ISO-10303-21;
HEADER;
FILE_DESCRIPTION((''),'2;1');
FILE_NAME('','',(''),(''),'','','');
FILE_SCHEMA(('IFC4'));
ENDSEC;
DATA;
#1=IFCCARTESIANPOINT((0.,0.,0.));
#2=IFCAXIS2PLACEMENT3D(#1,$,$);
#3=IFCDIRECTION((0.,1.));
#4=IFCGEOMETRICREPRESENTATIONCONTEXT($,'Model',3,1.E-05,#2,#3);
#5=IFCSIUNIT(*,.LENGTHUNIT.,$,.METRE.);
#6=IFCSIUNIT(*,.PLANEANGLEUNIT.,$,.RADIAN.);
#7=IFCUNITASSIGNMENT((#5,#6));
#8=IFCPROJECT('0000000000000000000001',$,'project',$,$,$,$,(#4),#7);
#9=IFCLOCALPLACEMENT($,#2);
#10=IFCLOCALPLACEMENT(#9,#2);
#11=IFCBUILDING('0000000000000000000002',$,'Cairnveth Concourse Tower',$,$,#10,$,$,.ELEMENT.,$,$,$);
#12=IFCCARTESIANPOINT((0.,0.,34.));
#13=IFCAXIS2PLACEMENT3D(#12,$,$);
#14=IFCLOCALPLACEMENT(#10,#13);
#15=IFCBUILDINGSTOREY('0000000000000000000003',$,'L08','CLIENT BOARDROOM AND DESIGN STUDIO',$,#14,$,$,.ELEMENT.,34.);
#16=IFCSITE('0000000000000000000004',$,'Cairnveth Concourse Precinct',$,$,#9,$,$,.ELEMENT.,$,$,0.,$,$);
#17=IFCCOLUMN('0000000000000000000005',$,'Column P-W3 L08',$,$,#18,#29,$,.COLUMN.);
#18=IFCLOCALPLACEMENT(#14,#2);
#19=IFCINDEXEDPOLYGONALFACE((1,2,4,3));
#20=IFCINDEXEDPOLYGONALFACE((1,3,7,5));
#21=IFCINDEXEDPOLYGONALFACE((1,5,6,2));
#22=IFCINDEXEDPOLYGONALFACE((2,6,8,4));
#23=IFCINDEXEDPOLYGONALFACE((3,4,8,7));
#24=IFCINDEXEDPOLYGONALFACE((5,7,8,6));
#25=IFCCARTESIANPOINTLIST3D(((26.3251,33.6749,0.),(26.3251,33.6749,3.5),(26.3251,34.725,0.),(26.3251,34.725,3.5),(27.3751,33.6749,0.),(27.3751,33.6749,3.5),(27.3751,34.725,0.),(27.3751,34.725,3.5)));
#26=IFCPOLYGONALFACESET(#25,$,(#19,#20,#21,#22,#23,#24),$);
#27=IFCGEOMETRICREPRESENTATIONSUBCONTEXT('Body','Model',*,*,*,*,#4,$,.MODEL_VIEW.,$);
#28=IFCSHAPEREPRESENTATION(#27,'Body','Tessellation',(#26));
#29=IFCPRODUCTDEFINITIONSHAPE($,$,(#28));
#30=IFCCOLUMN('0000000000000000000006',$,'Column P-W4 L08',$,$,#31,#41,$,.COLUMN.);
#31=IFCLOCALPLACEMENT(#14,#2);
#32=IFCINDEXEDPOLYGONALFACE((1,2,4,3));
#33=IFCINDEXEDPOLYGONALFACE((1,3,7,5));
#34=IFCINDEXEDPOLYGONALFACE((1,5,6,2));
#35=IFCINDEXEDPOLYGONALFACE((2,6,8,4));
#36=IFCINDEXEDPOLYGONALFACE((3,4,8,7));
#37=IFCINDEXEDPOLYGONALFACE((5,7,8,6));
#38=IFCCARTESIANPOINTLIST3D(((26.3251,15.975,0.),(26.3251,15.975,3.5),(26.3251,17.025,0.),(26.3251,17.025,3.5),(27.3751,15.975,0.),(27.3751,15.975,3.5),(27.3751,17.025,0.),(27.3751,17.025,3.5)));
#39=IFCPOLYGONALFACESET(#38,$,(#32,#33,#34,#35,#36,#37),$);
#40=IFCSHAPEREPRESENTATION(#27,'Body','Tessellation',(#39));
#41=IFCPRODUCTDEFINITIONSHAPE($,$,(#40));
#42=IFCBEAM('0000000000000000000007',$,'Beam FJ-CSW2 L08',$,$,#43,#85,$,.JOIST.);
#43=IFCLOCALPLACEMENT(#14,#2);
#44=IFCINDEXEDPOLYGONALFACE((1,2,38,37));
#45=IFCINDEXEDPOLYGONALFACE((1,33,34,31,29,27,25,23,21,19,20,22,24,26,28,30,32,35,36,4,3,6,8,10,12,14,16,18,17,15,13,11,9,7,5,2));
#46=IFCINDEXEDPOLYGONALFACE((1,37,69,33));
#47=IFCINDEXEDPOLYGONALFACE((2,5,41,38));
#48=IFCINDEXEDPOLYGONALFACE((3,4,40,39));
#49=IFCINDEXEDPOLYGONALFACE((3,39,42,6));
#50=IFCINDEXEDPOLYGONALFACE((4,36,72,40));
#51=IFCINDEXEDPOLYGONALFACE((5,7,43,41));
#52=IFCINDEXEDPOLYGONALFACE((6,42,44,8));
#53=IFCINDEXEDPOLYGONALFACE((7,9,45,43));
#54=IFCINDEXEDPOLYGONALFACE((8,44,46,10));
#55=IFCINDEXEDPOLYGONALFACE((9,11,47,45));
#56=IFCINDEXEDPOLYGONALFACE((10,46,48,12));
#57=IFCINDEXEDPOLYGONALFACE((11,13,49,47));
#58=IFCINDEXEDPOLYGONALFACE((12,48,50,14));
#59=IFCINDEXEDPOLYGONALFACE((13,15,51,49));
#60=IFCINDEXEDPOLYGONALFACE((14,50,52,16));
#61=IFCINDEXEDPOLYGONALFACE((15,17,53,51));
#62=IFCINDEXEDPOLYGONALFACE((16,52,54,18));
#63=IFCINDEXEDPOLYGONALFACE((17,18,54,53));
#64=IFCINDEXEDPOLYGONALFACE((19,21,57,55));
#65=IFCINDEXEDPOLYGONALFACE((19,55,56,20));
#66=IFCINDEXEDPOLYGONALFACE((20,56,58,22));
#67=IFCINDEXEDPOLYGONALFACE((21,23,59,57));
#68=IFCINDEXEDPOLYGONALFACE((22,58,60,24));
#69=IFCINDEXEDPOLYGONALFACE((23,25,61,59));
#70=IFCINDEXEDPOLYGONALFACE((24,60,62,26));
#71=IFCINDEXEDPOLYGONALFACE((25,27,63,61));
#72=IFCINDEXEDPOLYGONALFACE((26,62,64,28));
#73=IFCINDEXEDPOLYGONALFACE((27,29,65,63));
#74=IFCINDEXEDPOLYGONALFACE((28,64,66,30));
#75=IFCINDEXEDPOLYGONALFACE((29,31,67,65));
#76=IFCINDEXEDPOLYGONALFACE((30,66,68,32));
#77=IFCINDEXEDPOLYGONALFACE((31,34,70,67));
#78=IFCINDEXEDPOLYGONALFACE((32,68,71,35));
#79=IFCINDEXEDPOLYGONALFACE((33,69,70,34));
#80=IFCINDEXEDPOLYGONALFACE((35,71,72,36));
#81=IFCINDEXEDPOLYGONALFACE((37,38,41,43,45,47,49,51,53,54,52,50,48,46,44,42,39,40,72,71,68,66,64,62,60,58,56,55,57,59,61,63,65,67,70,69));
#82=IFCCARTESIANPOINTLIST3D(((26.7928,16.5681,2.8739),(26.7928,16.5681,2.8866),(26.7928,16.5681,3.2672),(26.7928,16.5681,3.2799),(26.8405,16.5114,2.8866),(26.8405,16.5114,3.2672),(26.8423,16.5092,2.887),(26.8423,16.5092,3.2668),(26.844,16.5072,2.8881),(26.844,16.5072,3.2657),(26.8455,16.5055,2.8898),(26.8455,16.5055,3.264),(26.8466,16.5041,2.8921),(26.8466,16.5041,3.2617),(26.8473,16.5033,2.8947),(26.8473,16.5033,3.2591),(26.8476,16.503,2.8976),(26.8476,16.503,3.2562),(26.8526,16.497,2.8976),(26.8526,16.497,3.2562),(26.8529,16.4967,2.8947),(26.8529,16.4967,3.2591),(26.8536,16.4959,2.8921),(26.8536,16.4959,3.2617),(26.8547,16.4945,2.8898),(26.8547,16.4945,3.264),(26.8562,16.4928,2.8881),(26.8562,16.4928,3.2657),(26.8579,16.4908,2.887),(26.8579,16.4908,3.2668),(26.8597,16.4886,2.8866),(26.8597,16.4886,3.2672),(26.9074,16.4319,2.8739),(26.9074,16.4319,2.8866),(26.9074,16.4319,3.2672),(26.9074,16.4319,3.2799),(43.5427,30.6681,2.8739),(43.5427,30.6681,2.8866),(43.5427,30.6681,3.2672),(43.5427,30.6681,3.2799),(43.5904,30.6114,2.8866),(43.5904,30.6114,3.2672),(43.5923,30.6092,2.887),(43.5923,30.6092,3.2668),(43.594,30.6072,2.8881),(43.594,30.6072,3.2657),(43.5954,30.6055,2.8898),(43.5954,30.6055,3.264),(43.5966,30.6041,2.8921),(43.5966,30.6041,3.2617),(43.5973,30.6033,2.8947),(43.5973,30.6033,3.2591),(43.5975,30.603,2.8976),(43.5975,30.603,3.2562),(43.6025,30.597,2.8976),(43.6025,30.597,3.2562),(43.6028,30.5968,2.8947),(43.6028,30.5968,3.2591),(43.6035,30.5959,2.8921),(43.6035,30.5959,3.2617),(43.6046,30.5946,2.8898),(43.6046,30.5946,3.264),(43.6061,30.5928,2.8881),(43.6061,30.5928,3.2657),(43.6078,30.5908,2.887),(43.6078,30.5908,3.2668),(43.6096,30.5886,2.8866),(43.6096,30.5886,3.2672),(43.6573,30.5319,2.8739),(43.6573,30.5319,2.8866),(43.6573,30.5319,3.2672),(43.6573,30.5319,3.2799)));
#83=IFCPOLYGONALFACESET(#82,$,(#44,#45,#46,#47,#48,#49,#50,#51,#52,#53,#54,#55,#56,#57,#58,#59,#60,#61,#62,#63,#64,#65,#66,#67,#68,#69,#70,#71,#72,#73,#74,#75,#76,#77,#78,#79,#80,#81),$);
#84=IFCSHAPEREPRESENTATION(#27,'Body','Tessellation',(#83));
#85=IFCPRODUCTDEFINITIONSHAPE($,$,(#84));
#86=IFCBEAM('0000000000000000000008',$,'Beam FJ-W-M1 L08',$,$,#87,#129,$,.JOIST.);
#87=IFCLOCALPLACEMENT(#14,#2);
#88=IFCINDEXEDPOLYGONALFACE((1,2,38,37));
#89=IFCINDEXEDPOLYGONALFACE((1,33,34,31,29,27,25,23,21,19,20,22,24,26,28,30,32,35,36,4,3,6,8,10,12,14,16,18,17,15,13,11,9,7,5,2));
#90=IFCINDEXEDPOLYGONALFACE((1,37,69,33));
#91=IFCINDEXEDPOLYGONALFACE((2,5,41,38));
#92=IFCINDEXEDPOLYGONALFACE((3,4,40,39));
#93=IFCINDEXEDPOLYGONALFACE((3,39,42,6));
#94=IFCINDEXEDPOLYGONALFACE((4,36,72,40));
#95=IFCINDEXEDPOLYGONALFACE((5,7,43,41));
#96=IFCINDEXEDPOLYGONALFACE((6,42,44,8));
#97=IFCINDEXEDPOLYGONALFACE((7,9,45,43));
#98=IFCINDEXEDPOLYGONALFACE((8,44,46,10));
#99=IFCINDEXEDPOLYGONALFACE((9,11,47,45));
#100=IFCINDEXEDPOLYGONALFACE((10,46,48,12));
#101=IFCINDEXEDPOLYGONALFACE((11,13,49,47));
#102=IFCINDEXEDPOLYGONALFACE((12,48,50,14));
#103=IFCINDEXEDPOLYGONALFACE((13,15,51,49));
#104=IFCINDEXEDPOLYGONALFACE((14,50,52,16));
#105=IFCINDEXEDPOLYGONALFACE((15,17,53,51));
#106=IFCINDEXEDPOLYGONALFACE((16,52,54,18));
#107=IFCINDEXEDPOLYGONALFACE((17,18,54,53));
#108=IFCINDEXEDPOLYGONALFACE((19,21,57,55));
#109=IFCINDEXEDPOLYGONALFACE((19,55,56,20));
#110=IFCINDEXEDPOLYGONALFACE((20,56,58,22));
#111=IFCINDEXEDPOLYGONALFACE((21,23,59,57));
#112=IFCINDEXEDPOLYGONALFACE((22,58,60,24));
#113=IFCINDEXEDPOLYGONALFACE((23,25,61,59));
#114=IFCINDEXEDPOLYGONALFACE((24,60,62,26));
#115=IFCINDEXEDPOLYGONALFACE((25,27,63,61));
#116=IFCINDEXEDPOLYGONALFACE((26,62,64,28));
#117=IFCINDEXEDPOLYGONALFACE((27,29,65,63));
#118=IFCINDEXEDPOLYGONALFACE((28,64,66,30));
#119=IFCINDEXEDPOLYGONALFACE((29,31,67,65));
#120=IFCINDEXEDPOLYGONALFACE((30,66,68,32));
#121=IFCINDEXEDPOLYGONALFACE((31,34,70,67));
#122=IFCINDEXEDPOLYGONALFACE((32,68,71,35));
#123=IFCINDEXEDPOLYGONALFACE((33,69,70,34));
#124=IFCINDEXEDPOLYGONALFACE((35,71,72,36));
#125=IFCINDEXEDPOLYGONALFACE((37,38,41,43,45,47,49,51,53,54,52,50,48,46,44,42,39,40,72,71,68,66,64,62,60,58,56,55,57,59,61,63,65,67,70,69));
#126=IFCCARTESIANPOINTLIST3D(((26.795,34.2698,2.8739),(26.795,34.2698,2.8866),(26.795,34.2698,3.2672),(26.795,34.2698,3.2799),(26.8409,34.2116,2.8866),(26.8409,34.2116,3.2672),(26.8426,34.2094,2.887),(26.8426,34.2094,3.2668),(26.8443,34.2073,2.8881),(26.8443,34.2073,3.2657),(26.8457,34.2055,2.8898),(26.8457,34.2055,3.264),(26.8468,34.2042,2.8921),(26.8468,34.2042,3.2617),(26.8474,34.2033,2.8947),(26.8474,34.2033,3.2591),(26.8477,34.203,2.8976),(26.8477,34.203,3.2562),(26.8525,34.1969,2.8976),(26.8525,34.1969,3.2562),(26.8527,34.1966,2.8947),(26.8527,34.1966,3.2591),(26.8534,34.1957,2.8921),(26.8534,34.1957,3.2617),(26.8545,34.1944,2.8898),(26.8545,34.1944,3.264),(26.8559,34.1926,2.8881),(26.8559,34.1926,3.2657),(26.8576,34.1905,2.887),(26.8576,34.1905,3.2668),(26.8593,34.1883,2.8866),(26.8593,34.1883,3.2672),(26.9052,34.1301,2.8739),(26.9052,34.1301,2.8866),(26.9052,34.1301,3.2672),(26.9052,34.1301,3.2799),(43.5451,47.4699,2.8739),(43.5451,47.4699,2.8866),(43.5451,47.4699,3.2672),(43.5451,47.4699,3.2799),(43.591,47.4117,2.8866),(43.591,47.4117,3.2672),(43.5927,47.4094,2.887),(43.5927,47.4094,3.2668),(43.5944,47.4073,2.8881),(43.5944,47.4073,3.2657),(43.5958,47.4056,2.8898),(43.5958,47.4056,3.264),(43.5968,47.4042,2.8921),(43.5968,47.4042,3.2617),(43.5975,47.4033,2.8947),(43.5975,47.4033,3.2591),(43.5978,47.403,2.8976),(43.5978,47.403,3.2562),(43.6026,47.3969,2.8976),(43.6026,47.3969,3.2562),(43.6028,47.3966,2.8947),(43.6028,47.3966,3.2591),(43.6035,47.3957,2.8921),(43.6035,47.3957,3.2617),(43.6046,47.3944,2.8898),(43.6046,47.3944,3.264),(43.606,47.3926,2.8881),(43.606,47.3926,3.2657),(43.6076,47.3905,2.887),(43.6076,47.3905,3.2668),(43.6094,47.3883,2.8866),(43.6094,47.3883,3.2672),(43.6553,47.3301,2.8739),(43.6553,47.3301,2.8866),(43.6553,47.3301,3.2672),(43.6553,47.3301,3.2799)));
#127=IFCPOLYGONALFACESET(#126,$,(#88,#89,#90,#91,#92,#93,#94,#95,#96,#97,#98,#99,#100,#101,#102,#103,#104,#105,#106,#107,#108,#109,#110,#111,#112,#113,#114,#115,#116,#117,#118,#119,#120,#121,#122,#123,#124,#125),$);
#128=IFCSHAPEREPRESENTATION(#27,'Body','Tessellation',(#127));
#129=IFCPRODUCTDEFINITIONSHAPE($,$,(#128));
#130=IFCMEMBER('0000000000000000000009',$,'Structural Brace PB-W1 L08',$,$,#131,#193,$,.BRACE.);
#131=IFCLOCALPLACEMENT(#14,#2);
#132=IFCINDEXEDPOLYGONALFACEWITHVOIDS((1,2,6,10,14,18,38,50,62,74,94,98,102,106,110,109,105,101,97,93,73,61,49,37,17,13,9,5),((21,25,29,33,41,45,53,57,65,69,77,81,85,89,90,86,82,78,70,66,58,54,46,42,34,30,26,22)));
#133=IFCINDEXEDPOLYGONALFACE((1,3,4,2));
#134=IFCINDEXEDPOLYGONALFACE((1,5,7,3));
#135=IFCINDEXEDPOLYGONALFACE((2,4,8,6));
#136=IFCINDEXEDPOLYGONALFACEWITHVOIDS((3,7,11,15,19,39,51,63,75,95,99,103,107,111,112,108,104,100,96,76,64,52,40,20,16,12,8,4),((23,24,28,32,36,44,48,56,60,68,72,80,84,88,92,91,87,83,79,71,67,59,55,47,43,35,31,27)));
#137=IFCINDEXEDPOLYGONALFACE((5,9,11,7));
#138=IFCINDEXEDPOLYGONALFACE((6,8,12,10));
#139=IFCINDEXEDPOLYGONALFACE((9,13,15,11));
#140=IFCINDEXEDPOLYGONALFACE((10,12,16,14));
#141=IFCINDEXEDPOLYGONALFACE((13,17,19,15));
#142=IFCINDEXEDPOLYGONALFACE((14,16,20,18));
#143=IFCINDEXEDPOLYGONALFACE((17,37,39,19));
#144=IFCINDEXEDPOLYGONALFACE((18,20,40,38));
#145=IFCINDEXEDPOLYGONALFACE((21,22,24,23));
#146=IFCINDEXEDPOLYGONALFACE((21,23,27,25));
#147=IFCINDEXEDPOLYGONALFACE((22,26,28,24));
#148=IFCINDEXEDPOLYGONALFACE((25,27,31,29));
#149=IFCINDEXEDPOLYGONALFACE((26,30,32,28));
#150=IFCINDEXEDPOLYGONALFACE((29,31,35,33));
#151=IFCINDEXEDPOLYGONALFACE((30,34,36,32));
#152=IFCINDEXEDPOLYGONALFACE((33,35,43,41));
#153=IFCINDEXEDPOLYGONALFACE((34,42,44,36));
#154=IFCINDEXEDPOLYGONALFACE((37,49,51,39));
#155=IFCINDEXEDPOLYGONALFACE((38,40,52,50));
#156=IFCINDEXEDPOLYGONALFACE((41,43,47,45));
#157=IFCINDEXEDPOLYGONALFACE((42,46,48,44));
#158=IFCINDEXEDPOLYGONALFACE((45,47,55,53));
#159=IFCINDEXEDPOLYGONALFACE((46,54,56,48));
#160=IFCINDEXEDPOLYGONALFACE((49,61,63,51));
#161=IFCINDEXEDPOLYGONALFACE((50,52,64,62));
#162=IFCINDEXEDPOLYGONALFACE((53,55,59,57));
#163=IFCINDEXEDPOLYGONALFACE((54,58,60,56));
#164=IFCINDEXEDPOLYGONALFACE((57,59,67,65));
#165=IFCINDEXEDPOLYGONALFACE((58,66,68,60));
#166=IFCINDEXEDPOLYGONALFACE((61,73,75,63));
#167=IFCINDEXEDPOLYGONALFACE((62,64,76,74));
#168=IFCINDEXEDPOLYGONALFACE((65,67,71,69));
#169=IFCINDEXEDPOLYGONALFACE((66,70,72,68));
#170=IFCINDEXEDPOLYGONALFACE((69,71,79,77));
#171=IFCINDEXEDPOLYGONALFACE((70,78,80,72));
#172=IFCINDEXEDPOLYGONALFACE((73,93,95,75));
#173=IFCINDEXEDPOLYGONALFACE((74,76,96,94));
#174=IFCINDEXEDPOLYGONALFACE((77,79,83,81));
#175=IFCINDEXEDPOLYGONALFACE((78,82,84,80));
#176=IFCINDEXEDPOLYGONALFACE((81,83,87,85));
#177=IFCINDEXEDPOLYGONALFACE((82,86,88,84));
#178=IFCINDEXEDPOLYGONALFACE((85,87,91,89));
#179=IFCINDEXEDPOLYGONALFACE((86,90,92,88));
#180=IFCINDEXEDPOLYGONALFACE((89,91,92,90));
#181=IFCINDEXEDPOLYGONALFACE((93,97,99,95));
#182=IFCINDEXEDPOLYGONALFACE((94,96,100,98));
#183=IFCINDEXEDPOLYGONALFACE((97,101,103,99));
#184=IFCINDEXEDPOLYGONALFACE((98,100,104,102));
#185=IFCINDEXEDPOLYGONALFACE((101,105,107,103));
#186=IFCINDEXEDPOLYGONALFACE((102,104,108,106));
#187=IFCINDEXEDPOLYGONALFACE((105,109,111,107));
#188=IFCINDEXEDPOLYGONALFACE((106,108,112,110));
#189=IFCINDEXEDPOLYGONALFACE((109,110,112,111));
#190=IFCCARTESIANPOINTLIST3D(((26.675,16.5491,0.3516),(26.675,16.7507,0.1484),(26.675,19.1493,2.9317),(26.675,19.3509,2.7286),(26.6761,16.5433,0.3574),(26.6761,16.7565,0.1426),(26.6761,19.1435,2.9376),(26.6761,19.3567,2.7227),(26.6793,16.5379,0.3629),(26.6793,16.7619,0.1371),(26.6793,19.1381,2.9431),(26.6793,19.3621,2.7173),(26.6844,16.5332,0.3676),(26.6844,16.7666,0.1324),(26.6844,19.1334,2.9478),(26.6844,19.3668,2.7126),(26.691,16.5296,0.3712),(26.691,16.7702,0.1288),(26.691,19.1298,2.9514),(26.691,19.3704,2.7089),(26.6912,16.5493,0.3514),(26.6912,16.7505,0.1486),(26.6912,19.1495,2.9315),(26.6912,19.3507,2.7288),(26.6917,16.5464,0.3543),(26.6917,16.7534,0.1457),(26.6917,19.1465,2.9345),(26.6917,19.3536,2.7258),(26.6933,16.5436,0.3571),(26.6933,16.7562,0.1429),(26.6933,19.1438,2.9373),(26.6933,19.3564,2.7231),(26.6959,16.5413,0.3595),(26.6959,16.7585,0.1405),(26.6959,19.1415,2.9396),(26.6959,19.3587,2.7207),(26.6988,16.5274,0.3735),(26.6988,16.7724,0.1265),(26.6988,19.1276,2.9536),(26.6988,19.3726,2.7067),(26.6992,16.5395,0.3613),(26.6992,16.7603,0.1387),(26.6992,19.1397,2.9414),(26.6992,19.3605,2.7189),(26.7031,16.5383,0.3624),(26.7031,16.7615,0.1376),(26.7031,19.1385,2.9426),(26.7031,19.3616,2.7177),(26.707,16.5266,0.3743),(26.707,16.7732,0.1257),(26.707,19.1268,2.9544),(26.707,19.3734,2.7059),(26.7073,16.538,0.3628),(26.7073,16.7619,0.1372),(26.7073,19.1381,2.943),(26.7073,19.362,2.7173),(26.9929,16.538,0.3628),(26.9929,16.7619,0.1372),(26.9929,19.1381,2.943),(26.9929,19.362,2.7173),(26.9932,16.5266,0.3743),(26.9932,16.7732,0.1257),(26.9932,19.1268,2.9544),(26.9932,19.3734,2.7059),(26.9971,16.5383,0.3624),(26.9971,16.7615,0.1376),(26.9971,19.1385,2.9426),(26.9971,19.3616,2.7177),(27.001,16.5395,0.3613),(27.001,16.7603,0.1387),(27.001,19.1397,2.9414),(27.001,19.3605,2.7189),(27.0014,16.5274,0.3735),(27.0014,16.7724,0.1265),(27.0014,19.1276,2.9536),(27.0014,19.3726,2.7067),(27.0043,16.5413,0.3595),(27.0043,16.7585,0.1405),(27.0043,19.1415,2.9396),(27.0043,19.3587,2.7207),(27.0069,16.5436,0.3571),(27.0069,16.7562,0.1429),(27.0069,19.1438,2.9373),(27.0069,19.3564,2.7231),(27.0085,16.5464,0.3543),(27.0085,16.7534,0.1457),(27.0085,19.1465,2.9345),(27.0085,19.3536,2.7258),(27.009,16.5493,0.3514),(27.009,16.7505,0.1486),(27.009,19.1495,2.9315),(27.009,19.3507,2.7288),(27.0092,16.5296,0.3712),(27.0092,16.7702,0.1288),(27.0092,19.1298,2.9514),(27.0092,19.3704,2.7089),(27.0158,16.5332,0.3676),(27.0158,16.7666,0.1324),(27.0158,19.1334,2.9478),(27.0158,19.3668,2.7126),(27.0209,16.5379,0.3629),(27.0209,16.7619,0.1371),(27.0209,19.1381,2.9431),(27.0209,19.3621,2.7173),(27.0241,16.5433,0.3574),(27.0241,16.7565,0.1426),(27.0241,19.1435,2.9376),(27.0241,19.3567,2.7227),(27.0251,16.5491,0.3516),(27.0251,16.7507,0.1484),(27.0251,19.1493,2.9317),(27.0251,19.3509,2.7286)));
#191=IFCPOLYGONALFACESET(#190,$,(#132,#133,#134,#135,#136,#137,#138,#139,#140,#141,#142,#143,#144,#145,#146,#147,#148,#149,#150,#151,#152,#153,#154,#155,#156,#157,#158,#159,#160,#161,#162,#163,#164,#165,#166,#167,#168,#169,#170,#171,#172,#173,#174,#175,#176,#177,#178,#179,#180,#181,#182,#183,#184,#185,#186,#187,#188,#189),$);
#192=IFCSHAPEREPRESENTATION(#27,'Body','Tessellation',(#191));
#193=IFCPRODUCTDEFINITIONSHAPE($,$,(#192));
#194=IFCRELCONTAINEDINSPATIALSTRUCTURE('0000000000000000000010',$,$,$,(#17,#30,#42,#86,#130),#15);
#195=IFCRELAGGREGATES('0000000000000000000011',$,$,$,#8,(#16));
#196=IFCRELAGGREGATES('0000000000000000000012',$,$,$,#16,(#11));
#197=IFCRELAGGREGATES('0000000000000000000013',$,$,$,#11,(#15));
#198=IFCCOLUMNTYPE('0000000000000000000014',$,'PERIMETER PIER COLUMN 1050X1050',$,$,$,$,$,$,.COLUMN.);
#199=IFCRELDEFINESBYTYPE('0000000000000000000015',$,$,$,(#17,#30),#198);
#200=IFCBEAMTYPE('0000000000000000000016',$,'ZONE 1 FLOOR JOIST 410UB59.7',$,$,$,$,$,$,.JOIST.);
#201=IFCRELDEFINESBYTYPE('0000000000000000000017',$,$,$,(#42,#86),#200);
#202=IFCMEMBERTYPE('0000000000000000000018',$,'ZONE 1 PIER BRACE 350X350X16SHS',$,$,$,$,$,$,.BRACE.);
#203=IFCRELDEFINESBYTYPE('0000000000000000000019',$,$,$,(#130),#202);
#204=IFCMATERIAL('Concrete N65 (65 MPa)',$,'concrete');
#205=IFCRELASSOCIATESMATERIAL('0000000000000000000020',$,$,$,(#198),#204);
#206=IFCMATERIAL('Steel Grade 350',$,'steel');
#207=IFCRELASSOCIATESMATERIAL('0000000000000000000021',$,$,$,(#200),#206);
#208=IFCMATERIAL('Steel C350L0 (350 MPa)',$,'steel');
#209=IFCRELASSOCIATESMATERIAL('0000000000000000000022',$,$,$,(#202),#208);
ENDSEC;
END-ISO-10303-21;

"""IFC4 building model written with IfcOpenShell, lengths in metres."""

from ifc_helpers import new_model, si_unit, direction, frame, origin, origin_2d, place, context, subcontext, project, spatial, rectangle, hollow_rectangle, i_section, extrude, material, material_profile, profile_set, type_object, element, save


model = new_model("IFC4")

# Units and contexts
model_context = context("Model", 3, precision=1e-05, world=origin(), true_north=direction((0.0, 1.0)))
body_context = subcontext(model_context, "Body", "Model", "MODEL_VIEW")
ifc_project = project(units=[si_unit("LENGTHUNIT", "METRE"), si_unit("PLANEANGLEUNIT", "RADIAN")], contexts=[model_context])

# Site, building, storey
site_placement = place(None, origin())
site = spatial("IfcSite", under=ifc_project, at=site_placement, Name="Cairnveth Concourse Precinct", CompositionType="ELEMENT", RefElevation=0.0)
building_placement = place(site_placement, origin())
building = spatial("IfcBuilding", under=site, at=building_placement, Name="Cairnveth Concourse Tower", CompositionType="ELEMENT")
storey_placement = place(building_placement, frame((0.0, 0.0, 34.0)))
storey = spatial("IfcBuildingStorey", under=building, at=storey_placement, Name="L08", Description="CLIENT BOARDROOM AND DESIGN STUDIO", CompositionType="ELEMENT", Elevation=34.0)

# Columns
ifc_material_1 = material(Name="Concrete N65 (65 MPa)", Category="concrete")
ifc_material_profile_1 = material_profile(ifc_material_1, rectangle(XDim=1.05, YDim=1.05, at=origin_2d()), Name="RC-COL-1050x1050")
ifc_profile_set_1 = profile_set([ifc_material_profile_1], Name="Concrete N65 (65 MPa)")
column_type = type_object("IfcColumnType", Name="PERIMETER PIER COLUMN 1050X1050", PredefinedType="COLUMN", material=ifc_profile_set_1)
for number, where, z_axis, x_axis, name in (
    (1, (26.8501, 34.2, 0.0), (0.0, 0.0, 1.0), (0.0, 1.0, 0.0), "Column P-W3 L08"),
    (2, (26.8501, 16.5, 0.0), (0.0, 0.0, 1.0), (0.0, 1.0, 0.0), "Column P-W4 L08"),
):
    element("IfcColumn", number, at=place(storey_placement, frame(where, z_axis=z_axis, x_axis=x_axis)), inside=storey, type_object=column_type, Name=name, PredefinedType="COLUMN", context=body_context, shape_type="SweptSolid", body=[
        extrude(rectangle(XDim=1.05, YDim=1.05, at=origin_2d()), origin(), (0.0, 0.0, 1.0), 3.5),
    ])

# Beams
ifc_material_2 = material(Name="Steel Grade 350", Category="steel")
ifc_material_profile_2 = material_profile(ifc_material_2, i_section(OverallWidth=0.178, OverallDepth=0.406, WebThickness=0.0078, FlangeThickness=0.0127, FilletRadius=0.011, at=origin_2d()), Name="410UB59.7")
ifc_profile_set_2 = profile_set([ifc_material_profile_2], Name="Steel Grade 350")
beam_type_1 = type_object("IfcBeamType", Name="ZONE 1 FLOOR JOIST 410UB59.7", PredefinedType="JOIST", material=ifc_profile_set_2)
beam_1_placement = place(storey_placement, frame((26.8501, 16.5, 3.0769), z_axis=(0.765027, 0.643998, 0.0), x_axis=(-0.643998, 0.765027, 0.0)))
element("IfcBeam", 3, at=beam_1_placement, inside=storey, type_object=beam_type_1, Name="Beam FJ-CSW2 L08", PredefinedType="JOIST", context=body_context, shape_type="SweptSolid", body=[
    extrude(i_section(OverallWidth=0.178, OverallDepth=0.406, WebThickness=0.0078, FlangeThickness=0.0127, FilletRadius=0.011, at=origin_2d()), origin(), (0.0, 0.0, 1.0), 21.8945),
])
beam_2_placement = place(storey_placement, frame((26.8501, 34.2, 3.0769), z_axis=(0.785424, 0.618958, 0.0), x_axis=(-0.618958, 0.785424, 0.0)))
element("IfcBeam", 4, at=beam_2_placement, inside=storey, type_object=beam_type_1, Name="Beam FJ-W-M1 L08", PredefinedType="JOIST", context=body_context, shape_type="SweptSolid", body=[
    extrude(i_section(OverallWidth=0.178, OverallDepth=0.406, WebThickness=0.0078, FlangeThickness=0.0127, FilletRadius=0.011, at=origin_2d()), origin(), (0.0, 0.0, 1.0), 21.3262),
])

# Member
ifc_material_3 = material(Name="Steel C350L0 (350 MPa)", Category="steel")
ifc_material_profile_3 = material_profile(ifc_material_3, hollow_rectangle(XDim=0.3501, YDim=0.3501, WallThickness=0.0161, InnerFilletRadius=0.0161, OuterFilletRadius=0.032, at=origin_2d()), Name="350x350x16.0SHS")
ifc_profile_set_3 = profile_set([ifc_material_profile_3], Name="Steel C350L0 (350 MPa)")
member_type = type_object("IfcMemberType", Name="ZONE 1 PIER BRACE 350X350X16SHS", PredefinedType="BRACE", material=ifc_profile_set_3)
member_placement = place(storey_placement, frame((26.8501, 16.6499, 0.25), z_axis=(0.0, 0.709834, 0.704369), x_axis=(-1.0, 0.0, 0.0)))
element("IfcMember", 5, at=member_placement, inside=storey, type_object=member_type, Name="Structural Brace PB-W1 L08", PredefinedType="BRACE", context=body_context, shape_type="SweptSolid", body=[
    extrude(hollow_rectangle(XDim=0.3501, YDim=0.3501, WallThickness=0.0161, InnerFilletRadius=0.0161, OuterFilletRadius=0.032, at=origin_2d()), origin(), (0.0, 0.0, 1.0), 3.6631),
])

save(model, "model.ifc")
